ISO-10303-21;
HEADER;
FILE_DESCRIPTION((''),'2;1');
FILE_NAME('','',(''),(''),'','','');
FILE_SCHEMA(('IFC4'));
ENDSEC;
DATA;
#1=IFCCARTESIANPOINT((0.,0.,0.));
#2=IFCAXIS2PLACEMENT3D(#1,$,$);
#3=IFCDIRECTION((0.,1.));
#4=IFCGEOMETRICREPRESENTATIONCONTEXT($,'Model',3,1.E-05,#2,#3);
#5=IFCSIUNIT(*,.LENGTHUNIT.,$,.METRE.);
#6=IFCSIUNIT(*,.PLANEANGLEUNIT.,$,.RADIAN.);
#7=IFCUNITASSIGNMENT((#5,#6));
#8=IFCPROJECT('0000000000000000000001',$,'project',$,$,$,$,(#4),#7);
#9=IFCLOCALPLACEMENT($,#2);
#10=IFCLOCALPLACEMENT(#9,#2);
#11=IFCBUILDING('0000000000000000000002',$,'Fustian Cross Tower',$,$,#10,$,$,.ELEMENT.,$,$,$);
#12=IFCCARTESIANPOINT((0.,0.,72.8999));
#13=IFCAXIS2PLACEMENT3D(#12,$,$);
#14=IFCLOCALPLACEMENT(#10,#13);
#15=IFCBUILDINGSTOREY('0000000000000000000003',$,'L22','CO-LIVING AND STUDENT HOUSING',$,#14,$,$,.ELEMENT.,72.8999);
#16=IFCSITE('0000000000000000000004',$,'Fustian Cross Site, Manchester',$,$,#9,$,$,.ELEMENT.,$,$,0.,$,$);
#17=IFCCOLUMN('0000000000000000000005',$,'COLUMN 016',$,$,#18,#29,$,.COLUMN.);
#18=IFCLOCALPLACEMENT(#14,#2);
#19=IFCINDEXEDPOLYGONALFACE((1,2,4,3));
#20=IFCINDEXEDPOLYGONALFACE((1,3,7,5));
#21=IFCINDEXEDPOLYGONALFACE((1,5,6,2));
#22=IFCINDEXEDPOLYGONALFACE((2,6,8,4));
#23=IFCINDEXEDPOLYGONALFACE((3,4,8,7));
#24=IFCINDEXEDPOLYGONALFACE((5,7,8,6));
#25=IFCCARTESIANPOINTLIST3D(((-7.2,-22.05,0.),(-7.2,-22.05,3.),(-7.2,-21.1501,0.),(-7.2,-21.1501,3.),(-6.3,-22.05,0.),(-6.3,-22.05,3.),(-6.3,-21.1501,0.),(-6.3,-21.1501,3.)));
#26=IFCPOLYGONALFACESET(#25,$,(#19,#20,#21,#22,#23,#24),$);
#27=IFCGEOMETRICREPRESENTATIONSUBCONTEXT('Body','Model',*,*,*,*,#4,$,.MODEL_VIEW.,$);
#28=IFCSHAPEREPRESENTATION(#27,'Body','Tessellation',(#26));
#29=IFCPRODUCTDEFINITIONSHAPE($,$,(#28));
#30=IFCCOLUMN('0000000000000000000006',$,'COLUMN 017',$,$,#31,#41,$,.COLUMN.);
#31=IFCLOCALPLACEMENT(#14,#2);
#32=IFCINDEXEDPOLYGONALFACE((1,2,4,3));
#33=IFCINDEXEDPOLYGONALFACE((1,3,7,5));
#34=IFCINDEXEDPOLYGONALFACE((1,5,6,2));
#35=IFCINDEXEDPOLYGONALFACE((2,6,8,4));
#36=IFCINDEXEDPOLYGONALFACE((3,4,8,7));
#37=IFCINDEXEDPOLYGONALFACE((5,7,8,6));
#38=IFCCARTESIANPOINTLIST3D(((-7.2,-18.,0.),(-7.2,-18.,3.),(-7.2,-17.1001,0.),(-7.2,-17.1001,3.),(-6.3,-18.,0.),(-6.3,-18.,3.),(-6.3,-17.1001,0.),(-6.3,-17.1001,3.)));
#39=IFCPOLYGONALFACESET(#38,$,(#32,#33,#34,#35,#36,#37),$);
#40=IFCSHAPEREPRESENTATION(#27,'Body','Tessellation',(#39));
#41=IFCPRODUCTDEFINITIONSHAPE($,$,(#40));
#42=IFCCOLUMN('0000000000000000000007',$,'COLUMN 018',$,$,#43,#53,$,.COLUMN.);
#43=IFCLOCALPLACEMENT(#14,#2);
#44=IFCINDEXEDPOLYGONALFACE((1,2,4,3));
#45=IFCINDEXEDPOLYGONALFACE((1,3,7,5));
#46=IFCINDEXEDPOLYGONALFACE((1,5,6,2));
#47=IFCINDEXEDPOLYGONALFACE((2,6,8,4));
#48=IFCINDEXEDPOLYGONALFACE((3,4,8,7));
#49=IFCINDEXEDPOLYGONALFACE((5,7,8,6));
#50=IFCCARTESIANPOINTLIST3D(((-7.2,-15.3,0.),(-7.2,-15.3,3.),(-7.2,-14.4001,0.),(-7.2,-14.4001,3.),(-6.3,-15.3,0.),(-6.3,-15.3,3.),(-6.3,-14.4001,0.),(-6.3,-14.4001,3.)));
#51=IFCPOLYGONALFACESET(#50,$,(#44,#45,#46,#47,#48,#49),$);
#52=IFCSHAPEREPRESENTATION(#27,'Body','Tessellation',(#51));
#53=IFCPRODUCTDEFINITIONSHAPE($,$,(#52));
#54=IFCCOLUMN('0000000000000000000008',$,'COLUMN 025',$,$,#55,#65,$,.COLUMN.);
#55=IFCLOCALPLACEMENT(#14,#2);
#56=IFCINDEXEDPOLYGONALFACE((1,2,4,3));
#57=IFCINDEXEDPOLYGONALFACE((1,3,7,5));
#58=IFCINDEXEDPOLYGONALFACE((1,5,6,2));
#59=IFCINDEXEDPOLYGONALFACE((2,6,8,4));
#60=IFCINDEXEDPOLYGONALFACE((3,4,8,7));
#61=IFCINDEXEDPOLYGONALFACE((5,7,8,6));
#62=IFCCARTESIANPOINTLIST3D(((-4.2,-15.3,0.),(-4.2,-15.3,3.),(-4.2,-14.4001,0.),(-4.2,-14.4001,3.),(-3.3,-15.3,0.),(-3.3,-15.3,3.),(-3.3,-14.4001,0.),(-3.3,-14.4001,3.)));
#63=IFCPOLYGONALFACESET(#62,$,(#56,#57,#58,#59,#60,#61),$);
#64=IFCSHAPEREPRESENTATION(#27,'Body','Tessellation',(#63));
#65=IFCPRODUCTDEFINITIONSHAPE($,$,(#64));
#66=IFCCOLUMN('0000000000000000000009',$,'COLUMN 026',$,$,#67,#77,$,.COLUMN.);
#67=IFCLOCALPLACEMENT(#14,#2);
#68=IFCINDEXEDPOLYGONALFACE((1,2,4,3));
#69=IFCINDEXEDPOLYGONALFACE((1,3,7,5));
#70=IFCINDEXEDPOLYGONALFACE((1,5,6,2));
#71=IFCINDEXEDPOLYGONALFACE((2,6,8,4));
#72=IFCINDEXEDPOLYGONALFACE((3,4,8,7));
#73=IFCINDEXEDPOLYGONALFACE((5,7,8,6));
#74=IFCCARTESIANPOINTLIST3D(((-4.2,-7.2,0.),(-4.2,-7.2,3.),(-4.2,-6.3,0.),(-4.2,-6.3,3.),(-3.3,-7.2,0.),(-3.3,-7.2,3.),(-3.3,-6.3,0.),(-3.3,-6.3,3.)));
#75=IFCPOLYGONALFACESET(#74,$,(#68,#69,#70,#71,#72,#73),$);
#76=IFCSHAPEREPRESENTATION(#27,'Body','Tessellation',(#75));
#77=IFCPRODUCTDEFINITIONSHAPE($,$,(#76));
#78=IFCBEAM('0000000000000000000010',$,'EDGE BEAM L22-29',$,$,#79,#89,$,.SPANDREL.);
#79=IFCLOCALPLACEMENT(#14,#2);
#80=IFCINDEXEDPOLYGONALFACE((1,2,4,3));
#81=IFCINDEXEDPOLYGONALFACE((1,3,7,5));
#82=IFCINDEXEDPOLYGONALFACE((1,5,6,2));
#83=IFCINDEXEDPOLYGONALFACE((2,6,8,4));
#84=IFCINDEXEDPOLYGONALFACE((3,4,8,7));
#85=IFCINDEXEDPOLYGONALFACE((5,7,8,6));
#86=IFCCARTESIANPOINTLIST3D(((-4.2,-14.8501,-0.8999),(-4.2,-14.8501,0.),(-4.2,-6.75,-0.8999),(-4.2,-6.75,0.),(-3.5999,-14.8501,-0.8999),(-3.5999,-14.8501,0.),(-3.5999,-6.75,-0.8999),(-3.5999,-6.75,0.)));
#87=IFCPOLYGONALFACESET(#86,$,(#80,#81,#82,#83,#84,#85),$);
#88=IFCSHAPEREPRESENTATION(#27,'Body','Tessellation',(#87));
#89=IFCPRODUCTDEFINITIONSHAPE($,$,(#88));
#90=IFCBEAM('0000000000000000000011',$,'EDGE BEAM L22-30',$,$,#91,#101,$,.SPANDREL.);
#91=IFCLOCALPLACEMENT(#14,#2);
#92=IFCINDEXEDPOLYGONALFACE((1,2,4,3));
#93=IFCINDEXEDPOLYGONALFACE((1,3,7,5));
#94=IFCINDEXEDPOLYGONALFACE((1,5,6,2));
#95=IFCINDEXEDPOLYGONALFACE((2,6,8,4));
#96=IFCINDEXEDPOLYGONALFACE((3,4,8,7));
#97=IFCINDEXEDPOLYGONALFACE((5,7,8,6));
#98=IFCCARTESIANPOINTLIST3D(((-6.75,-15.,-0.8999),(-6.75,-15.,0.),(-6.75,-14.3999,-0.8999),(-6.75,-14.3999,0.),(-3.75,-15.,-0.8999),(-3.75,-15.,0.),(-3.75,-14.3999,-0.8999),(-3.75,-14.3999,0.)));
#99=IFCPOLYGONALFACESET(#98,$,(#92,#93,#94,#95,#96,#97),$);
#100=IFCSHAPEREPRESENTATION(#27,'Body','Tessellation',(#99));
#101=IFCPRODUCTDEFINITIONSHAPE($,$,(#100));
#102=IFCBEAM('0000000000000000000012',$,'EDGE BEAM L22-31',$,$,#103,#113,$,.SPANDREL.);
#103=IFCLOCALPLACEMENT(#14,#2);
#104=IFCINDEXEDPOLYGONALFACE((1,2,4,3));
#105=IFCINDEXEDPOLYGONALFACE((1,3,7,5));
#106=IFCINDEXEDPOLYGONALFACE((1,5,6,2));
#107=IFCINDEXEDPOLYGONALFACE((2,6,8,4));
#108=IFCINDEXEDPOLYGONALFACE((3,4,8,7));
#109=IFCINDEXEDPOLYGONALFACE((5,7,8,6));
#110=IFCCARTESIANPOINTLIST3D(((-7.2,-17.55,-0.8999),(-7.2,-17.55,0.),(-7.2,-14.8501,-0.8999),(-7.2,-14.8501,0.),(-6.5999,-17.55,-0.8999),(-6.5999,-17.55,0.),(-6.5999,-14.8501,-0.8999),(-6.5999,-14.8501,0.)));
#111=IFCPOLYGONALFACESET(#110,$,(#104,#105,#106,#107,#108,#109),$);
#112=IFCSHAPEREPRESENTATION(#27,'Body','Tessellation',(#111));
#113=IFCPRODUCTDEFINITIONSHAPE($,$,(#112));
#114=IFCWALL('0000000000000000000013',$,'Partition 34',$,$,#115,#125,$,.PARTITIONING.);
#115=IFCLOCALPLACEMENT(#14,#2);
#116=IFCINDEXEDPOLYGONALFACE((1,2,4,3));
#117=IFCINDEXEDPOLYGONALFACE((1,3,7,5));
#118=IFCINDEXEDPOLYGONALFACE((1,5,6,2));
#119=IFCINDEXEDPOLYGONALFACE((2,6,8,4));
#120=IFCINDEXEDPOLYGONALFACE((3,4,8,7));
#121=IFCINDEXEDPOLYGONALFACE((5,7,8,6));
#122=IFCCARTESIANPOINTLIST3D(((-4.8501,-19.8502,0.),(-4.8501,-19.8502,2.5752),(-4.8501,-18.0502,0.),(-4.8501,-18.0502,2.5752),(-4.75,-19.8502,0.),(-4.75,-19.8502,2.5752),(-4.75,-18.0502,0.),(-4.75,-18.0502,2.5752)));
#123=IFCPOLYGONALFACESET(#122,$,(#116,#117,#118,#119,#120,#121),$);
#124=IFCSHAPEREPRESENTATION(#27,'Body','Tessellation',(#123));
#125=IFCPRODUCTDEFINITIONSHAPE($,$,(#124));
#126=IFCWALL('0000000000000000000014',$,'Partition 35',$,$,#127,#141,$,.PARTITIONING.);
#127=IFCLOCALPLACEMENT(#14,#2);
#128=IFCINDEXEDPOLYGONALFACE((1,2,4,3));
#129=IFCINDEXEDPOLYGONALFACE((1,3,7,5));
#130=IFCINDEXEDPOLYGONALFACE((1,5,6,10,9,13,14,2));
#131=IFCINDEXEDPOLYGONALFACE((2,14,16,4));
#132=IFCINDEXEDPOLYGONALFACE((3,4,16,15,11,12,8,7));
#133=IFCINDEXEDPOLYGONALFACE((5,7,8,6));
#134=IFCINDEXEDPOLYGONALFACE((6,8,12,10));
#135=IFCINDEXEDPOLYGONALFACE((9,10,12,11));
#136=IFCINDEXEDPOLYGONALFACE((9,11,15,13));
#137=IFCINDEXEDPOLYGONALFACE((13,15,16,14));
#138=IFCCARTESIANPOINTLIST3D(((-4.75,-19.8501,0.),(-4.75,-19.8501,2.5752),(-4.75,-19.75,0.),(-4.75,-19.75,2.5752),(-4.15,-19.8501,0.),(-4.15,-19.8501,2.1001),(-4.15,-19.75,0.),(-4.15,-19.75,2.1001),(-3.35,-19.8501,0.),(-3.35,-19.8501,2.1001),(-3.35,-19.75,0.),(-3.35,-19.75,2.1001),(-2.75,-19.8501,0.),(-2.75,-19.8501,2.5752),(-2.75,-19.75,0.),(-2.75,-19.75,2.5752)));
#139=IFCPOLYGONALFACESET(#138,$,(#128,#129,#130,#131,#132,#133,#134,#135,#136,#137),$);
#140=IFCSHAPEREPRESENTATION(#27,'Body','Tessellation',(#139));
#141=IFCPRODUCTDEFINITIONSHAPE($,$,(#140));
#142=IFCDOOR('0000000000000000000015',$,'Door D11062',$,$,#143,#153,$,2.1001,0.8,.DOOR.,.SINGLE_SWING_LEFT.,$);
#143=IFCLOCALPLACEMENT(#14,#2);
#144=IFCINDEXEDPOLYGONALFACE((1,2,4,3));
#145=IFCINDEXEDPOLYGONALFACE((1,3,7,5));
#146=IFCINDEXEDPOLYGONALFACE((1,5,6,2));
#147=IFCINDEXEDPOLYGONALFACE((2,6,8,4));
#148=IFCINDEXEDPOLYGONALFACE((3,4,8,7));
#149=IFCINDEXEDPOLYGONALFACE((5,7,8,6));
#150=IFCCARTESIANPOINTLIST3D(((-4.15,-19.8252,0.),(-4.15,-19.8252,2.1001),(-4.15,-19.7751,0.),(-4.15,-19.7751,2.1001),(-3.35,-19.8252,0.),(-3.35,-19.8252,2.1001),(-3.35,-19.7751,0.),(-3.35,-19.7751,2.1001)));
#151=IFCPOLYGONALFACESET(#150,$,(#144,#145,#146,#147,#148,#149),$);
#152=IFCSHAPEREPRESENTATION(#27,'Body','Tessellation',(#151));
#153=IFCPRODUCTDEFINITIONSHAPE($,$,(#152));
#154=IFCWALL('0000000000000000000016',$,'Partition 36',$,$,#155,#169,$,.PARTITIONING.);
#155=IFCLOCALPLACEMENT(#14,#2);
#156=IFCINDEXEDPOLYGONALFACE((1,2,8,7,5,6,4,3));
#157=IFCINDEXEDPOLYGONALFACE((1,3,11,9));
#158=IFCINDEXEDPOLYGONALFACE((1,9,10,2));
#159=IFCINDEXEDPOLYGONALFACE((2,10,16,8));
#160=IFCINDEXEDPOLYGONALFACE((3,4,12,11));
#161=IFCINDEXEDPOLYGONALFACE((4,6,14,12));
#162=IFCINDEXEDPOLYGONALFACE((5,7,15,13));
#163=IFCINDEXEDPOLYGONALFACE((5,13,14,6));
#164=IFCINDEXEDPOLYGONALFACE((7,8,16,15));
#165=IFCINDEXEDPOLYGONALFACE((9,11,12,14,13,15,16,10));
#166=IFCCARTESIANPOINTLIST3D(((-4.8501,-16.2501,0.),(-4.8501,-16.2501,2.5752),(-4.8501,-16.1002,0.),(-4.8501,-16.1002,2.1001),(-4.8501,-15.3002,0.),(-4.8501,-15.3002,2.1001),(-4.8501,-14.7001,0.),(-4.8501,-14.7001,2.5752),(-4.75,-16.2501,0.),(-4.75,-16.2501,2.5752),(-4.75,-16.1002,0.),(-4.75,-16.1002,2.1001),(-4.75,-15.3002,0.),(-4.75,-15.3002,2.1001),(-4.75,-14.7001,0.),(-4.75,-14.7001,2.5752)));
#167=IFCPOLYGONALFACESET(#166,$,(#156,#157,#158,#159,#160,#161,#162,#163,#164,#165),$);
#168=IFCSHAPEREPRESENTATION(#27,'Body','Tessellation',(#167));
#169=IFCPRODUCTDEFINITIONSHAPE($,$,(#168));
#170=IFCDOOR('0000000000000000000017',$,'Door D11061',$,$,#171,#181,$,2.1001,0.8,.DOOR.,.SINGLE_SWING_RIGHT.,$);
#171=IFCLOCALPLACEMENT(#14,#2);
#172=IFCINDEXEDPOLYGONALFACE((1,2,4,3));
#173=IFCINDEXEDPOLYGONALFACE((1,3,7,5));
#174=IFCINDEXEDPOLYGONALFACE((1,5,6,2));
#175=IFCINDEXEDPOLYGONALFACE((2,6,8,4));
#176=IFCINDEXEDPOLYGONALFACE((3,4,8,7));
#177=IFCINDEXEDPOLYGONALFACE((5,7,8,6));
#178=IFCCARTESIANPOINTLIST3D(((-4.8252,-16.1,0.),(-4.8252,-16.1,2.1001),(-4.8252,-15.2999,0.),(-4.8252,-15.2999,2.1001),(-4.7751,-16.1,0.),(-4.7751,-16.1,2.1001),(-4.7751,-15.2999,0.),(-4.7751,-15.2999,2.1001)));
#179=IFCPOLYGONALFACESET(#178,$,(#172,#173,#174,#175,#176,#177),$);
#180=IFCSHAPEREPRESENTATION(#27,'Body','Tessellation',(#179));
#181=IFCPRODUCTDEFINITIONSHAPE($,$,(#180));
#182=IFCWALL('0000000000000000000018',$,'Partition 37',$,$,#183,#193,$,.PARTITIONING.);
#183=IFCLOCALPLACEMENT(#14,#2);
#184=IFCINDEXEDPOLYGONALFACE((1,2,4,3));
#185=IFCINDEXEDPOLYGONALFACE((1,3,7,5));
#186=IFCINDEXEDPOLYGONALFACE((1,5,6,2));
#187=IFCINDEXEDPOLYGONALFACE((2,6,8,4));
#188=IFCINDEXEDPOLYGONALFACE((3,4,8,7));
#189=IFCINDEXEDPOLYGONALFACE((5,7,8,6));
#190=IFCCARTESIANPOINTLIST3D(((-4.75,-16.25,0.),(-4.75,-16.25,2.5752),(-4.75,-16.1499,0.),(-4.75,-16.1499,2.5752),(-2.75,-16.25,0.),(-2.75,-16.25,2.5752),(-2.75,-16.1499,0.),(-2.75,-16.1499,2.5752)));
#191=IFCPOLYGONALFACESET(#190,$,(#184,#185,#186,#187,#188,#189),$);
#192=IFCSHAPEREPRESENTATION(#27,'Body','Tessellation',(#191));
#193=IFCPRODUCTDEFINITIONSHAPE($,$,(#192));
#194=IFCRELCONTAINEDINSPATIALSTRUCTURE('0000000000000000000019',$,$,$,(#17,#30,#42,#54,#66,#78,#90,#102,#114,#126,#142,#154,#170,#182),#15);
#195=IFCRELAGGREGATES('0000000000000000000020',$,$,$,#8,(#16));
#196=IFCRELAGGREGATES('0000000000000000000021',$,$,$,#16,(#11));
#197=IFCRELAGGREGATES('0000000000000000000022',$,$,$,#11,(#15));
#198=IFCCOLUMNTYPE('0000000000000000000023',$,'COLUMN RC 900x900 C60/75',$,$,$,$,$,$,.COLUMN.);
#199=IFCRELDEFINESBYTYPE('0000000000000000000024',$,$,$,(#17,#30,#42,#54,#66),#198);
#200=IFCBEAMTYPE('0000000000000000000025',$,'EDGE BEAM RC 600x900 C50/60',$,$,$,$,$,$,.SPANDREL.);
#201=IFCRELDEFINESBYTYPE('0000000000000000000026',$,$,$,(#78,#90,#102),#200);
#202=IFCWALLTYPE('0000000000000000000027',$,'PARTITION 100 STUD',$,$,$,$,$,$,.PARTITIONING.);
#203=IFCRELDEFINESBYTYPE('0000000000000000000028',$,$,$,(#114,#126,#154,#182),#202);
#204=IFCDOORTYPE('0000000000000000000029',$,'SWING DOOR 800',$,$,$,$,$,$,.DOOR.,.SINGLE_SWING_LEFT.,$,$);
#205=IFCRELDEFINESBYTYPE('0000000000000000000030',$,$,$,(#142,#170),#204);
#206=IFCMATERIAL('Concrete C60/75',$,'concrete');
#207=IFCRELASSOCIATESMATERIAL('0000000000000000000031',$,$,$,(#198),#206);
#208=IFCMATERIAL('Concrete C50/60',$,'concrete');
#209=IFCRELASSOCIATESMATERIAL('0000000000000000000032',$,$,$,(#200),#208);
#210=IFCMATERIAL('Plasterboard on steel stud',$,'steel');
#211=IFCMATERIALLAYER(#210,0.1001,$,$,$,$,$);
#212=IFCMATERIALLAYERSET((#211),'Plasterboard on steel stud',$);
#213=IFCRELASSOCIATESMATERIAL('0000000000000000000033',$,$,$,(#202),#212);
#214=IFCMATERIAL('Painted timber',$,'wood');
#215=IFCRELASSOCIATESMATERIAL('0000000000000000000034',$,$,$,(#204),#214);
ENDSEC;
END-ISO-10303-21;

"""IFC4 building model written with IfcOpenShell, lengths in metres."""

from ifc_helpers import new_model, si_unit, direction, frame, frame_2d, origin, origin_2d, place, context, subcontext, project, spatial, rectangle, extrude, material, layer, layer_set, material_profile, profile_set, type_object, element, fill, save


model = new_model("IFC4")

# Units and contexts
model_context = context("Model", 3, precision=1e-05, world=origin(), true_north=direction((0.0, 1.0)))
body_context = subcontext(model_context, "Body", "Model", "MODEL_VIEW")
ifc_project = project(units=[si_unit("LENGTHUNIT", "METRE"), si_unit("PLANEANGLEUNIT", "RADIAN")], contexts=[model_context])

# Site, building, storey
site_placement = place(None, origin())
site = spatial("IfcSite", under=ifc_project, at=site_placement, Name="Fustian Cross Site, Manchester", CompositionType="ELEMENT", RefElevation=0.0)
building_placement = place(site_placement, origin())
building = spatial("IfcBuilding", under=site, at=building_placement, Name="Fustian Cross Tower", CompositionType="ELEMENT")
storey_placement = place(building_placement, frame((0.0, 0.0, 72.8999)))
storey = spatial("IfcBuildingStorey", under=building, at=storey_placement, Name="L22", Description="CO-LIVING AND STUDENT HOUSING", CompositionType="ELEMENT", Elevation=72.8999)

# Columns
ifc_material_1 = material(Name="Concrete C60/75", Category="concrete")
ifc_material_profile_1 = material_profile(ifc_material_1, rectangle(XDim=0.8999, YDim=0.8999, at=origin_2d()), Name="RC 900x900")
ifc_profile_set_1 = profile_set([ifc_material_profile_1], Name="Concrete C60/75")
column_type = type_object("IfcColumnType", Name="COLUMN RC 900x900 C60/75", PredefinedType="COLUMN", material=ifc_profile_set_1)
for number, where, z_axis, x_axis, name in (
    (1, (-6.75, -21.6001, 0.0), (0.0, 0.0, 1.0), (1.0, 0.0, 0.0), "COLUMN 016"),
    (2, (-6.75, -17.55, 0.0), (0.0, 0.0, 1.0), (1.0, 0.0, 0.0), "COLUMN 017"),
    (3, (-6.75, -14.8501, 0.0), (0.0, 0.0, 1.0), (1.0, 0.0, 0.0), "COLUMN 018"),
    (4, (-3.75, -14.8501, 0.0), (0.0, 0.0, 1.0), (1.0, 0.0, 0.0), "COLUMN 025"),
    (5, (-3.75, -6.75, 0.0), (0.0, 0.0, 1.0), (1.0, 0.0, 0.0), "COLUMN 026"),
):
    element("IfcColumn", number, at=place(storey_placement, frame(where, z_axis=z_axis, x_axis=x_axis)), inside=storey, type_object=column_type, Name=name, PredefinedType="COLUMN", context=body_context, shape_type="SweptSolid", body=[
        extrude(rectangle(XDim=0.8999, YDim=0.8999, at=origin_2d()), origin(), (0.0, 0.0, 1.0), 3.0),
    ])

# Beams
ifc_material_2 = material(Name="Concrete C50/60", Category="concrete")
ifc_material_profile_2 = material_profile(ifc_material_2, rectangle(XDim=0.6001, YDim=0.8999, at=origin_2d()), Name="RC 600x900")
ifc_profile_set_2 = profile_set([ifc_material_profile_2], Name="Concrete C50/60")
beam_type = type_object("IfcBeamType", Name="EDGE BEAM RC 600x900 C50/60", PredefinedType="SPANDREL", material=ifc_profile_set_2)
beam_1_placement = place(storey_placement, frame((-3.8999, -6.75, -0.45), z_axis=(0.0, -1.0, 0.0), x_axis=(1.0, 0.0, 0.0)))
element("IfcBeam", 6, at=beam_1_placement, inside=storey, type_object=beam_type, Name="EDGE BEAM L22-29", PredefinedType="SPANDREL", context=body_context, shape_type="SweptSolid", body=[
    extrude(rectangle(XDim=0.6001, YDim=0.8999, at=origin_2d()), origin(), (0.0, 0.0, 1.0), 8.1001),
])
beam_2_placement = place(storey_placement, frame((-3.75, -14.7, -0.45), z_axis=(-1.0, 0.0, 0.0), x_axis=(0.0, -1.0, 0.0)))
element("IfcBeam", 7, at=beam_2_placement, inside=storey, type_object=beam_type, Name="EDGE BEAM L22-30", PredefinedType="SPANDREL", context=body_context, shape_type="SweptSolid", body=[
    extrude(rectangle(XDim=0.6001, YDim=0.8999, at=origin_2d()), origin(), (0.0, 0.0, 1.0), 3.0),
])
beam_3_placement = place(storey_placement, frame((-6.8999, -14.8501, -0.45), z_axis=(0.0, -1.0, 0.0), x_axis=(1.0, 0.0, 0.0)))
element("IfcBeam", 8, at=beam_3_placement, inside=storey, type_object=beam_type, Name="EDGE BEAM L22-31", PredefinedType="SPANDREL", context=body_context, shape_type="SweptSolid", body=[
    extrude(rectangle(XDim=0.6001, YDim=0.8999, at=origin_2d()), origin(), (0.0, 0.0, 1.0), 2.7),
])

# Wall
ifc_material_3 = material(Name="Plasterboard on steel stud", Category="steel")
ifc_layer_1 = layer(ifc_material_3, 0.1001)
ifc_layer_set_1 = layer_set([ifc_layer_1], Name="Plasterboard on steel stud")
wall_type_1 = type_object("IfcWallType", Name="PARTITION 100 STUD", PredefinedType="PARTITIONING", material=ifc_layer_set_1)
wall_1_placement = place(storey_placement, frame((-4.8, -19.8501, 0.0), z_axis=(0.0, 0.0, 1.0), x_axis=(0.0, 1.0, 0.0)))
element("IfcWall", 9, at=wall_1_placement, inside=storey, type_object=wall_type_1, Name="Partition 34", PredefinedType="PARTITIONING", context=body_context, shape_type="SweptSolid", body=[
    extrude(rectangle(XDim=1.8, YDim=0.1001, at=frame_2d((0.8999, 0.0))), origin(), (0.0, 0.0, 1.0), 2.5752),
])

# Walls, openings, doors
wall_2_placement = place(storey_placement, frame((-4.75, -19.8, 0.0), z_axis=(0.0, 0.0, 1.0), x_axis=(1.0, 0.0, 0.0)))
wall_2 = element("IfcWall", 10, at=wall_2_placement, inside=storey, type_object=wall_type_1, Name="Partition 35", PredefinedType="PARTITIONING", context=body_context, shape_type="SweptSolid", body=[
    extrude(rectangle(XDim=2.0, YDim=0.1001, at=frame_2d((1.0, 0.0))), origin(), (0.0, 0.0, 1.0), 2.5752),
])
opening_1_placement = place(wall_2_placement, frame((0.6001, 0.0, 0.0)))
opening_1 = element("IfcOpeningElement", 11, at=opening_1_placement, cuts=wall_2, PredefinedType="OPENING", context=body_context, shape_type="SweptSolid", body=[
    extrude(rectangle(XDim=0.8, YDim=2.1001, at=frame_2d((0.3999, 1.05))), frame((0.0, 0.0601, 0.0), z_axis=(0.0, -1.0, 0.0), x_axis=(1.0, 0.0, 0.0)), (0.0, 0.0, 1.0), 0.1201),
])
ifc_material_4 = material(Name="Painted timber", Category="wood")
door_type_1 = type_object("IfcDoorType", Name="SWING DOOR 800", OperationType="SINGLE_SWING_LEFT", PredefinedType="DOOR", material=ifc_material_4)
door_1_placement = place(opening_1_placement, origin())
door_1 = element("IfcDoor", 12, at=door_1_placement, inside=storey, type_object=door_type_1, Name="Door D11062", OperationType="SINGLE_SWING_LEFT", OverallHeight=2.1001, OverallWidth=0.8, PredefinedType="DOOR", context=body_context, shape_type="SweptSolid", body=[
    extrude(rectangle(XDim=0.8, YDim=2.1001, at=frame_2d((0.3999, 1.05))), frame((0.0, 0.0249, 0.0), z_axis=(0.0, -1.0, 0.0), x_axis=(1.0, 0.0, 0.0)), (0.0, 0.0, 1.0), 0.05),
])
fill(opening_1, door_1)
wall_3_placement = place(storey_placement, frame((-4.8, -16.25, 0.0), z_axis=(0.0, 0.0, 1.0), x_axis=(0.0, 1.0, 0.0)))
wall_3 = element("IfcWall", 13, at=wall_3_placement, inside=storey, type_object=wall_type_1, Name="Partition 36", PredefinedType="PARTITIONING", context=body_context, shape_type="SweptSolid", body=[
    extrude(rectangle(XDim=1.55, YDim=0.1001, at=frame_2d((0.7749, 0.0))), origin(), (0.0, 0.0, 1.0), 2.5752),
])
opening_2_placement = place(wall_3_placement, frame((0.1499, 0.0, 0.0)))
opening_2 = element("IfcOpeningElement", 14, at=opening_2_placement, cuts=wall_3, PredefinedType="OPENING", context=body_context, shape_type="SweptSolid", body=[
    extrude(rectangle(XDim=0.8, YDim=2.1001, at=frame_2d((0.3999, 1.05))), frame((0.0, 0.0601, 0.0), z_axis=(0.0, -1.0, 0.0), x_axis=(1.0, 0.0, 0.0)), (0.0, 0.0, 1.0), 0.1201),
])
door_2_placement = place(opening_2_placement, frame((0.8, 0.0, 0.0), z_axis=(0.0, 0.0, 1.0), x_axis=(-1.0, 0.0, 0.0)))
door_2 = element("IfcDoor", 15, at=door_2_placement, inside=storey, type_object=door_type_1, Name="Door D11061", OperationType="SINGLE_SWING_RIGHT", OverallHeight=2.1001, OverallWidth=0.8, PredefinedType="DOOR", context=body_context, shape_type="SweptSolid", body=[
    extrude(rectangle(XDim=0.8, YDim=2.1001, at=frame_2d((0.3999, 1.05))), frame((0.0, 0.0249, 0.0), z_axis=(0.0, -1.0, 0.0), x_axis=(1.0, 0.0, 0.0)), (0.0, 0.0, 1.0), 0.05),
])
fill(opening_2, door_2)

# Wall
wall_4_placement = place(storey_placement, frame((-4.75, -16.2, 0.0), z_axis=(0.0, 0.0, 1.0), x_axis=(1.0, 0.0, 0.0)))
element("IfcWall", 16, at=wall_4_placement, inside=storey, type_object=wall_type_1, Name="Partition 37", PredefinedType="PARTITIONING", context=body_context, shape_type="SweptSolid", body=[
    extrude(rectangle(XDim=2.0, YDim=0.1001, at=frame_2d((1.0, 0.0))), origin(), (0.0, 0.0, 1.0), 2.5752),
])

save(model, "model.ifc")
